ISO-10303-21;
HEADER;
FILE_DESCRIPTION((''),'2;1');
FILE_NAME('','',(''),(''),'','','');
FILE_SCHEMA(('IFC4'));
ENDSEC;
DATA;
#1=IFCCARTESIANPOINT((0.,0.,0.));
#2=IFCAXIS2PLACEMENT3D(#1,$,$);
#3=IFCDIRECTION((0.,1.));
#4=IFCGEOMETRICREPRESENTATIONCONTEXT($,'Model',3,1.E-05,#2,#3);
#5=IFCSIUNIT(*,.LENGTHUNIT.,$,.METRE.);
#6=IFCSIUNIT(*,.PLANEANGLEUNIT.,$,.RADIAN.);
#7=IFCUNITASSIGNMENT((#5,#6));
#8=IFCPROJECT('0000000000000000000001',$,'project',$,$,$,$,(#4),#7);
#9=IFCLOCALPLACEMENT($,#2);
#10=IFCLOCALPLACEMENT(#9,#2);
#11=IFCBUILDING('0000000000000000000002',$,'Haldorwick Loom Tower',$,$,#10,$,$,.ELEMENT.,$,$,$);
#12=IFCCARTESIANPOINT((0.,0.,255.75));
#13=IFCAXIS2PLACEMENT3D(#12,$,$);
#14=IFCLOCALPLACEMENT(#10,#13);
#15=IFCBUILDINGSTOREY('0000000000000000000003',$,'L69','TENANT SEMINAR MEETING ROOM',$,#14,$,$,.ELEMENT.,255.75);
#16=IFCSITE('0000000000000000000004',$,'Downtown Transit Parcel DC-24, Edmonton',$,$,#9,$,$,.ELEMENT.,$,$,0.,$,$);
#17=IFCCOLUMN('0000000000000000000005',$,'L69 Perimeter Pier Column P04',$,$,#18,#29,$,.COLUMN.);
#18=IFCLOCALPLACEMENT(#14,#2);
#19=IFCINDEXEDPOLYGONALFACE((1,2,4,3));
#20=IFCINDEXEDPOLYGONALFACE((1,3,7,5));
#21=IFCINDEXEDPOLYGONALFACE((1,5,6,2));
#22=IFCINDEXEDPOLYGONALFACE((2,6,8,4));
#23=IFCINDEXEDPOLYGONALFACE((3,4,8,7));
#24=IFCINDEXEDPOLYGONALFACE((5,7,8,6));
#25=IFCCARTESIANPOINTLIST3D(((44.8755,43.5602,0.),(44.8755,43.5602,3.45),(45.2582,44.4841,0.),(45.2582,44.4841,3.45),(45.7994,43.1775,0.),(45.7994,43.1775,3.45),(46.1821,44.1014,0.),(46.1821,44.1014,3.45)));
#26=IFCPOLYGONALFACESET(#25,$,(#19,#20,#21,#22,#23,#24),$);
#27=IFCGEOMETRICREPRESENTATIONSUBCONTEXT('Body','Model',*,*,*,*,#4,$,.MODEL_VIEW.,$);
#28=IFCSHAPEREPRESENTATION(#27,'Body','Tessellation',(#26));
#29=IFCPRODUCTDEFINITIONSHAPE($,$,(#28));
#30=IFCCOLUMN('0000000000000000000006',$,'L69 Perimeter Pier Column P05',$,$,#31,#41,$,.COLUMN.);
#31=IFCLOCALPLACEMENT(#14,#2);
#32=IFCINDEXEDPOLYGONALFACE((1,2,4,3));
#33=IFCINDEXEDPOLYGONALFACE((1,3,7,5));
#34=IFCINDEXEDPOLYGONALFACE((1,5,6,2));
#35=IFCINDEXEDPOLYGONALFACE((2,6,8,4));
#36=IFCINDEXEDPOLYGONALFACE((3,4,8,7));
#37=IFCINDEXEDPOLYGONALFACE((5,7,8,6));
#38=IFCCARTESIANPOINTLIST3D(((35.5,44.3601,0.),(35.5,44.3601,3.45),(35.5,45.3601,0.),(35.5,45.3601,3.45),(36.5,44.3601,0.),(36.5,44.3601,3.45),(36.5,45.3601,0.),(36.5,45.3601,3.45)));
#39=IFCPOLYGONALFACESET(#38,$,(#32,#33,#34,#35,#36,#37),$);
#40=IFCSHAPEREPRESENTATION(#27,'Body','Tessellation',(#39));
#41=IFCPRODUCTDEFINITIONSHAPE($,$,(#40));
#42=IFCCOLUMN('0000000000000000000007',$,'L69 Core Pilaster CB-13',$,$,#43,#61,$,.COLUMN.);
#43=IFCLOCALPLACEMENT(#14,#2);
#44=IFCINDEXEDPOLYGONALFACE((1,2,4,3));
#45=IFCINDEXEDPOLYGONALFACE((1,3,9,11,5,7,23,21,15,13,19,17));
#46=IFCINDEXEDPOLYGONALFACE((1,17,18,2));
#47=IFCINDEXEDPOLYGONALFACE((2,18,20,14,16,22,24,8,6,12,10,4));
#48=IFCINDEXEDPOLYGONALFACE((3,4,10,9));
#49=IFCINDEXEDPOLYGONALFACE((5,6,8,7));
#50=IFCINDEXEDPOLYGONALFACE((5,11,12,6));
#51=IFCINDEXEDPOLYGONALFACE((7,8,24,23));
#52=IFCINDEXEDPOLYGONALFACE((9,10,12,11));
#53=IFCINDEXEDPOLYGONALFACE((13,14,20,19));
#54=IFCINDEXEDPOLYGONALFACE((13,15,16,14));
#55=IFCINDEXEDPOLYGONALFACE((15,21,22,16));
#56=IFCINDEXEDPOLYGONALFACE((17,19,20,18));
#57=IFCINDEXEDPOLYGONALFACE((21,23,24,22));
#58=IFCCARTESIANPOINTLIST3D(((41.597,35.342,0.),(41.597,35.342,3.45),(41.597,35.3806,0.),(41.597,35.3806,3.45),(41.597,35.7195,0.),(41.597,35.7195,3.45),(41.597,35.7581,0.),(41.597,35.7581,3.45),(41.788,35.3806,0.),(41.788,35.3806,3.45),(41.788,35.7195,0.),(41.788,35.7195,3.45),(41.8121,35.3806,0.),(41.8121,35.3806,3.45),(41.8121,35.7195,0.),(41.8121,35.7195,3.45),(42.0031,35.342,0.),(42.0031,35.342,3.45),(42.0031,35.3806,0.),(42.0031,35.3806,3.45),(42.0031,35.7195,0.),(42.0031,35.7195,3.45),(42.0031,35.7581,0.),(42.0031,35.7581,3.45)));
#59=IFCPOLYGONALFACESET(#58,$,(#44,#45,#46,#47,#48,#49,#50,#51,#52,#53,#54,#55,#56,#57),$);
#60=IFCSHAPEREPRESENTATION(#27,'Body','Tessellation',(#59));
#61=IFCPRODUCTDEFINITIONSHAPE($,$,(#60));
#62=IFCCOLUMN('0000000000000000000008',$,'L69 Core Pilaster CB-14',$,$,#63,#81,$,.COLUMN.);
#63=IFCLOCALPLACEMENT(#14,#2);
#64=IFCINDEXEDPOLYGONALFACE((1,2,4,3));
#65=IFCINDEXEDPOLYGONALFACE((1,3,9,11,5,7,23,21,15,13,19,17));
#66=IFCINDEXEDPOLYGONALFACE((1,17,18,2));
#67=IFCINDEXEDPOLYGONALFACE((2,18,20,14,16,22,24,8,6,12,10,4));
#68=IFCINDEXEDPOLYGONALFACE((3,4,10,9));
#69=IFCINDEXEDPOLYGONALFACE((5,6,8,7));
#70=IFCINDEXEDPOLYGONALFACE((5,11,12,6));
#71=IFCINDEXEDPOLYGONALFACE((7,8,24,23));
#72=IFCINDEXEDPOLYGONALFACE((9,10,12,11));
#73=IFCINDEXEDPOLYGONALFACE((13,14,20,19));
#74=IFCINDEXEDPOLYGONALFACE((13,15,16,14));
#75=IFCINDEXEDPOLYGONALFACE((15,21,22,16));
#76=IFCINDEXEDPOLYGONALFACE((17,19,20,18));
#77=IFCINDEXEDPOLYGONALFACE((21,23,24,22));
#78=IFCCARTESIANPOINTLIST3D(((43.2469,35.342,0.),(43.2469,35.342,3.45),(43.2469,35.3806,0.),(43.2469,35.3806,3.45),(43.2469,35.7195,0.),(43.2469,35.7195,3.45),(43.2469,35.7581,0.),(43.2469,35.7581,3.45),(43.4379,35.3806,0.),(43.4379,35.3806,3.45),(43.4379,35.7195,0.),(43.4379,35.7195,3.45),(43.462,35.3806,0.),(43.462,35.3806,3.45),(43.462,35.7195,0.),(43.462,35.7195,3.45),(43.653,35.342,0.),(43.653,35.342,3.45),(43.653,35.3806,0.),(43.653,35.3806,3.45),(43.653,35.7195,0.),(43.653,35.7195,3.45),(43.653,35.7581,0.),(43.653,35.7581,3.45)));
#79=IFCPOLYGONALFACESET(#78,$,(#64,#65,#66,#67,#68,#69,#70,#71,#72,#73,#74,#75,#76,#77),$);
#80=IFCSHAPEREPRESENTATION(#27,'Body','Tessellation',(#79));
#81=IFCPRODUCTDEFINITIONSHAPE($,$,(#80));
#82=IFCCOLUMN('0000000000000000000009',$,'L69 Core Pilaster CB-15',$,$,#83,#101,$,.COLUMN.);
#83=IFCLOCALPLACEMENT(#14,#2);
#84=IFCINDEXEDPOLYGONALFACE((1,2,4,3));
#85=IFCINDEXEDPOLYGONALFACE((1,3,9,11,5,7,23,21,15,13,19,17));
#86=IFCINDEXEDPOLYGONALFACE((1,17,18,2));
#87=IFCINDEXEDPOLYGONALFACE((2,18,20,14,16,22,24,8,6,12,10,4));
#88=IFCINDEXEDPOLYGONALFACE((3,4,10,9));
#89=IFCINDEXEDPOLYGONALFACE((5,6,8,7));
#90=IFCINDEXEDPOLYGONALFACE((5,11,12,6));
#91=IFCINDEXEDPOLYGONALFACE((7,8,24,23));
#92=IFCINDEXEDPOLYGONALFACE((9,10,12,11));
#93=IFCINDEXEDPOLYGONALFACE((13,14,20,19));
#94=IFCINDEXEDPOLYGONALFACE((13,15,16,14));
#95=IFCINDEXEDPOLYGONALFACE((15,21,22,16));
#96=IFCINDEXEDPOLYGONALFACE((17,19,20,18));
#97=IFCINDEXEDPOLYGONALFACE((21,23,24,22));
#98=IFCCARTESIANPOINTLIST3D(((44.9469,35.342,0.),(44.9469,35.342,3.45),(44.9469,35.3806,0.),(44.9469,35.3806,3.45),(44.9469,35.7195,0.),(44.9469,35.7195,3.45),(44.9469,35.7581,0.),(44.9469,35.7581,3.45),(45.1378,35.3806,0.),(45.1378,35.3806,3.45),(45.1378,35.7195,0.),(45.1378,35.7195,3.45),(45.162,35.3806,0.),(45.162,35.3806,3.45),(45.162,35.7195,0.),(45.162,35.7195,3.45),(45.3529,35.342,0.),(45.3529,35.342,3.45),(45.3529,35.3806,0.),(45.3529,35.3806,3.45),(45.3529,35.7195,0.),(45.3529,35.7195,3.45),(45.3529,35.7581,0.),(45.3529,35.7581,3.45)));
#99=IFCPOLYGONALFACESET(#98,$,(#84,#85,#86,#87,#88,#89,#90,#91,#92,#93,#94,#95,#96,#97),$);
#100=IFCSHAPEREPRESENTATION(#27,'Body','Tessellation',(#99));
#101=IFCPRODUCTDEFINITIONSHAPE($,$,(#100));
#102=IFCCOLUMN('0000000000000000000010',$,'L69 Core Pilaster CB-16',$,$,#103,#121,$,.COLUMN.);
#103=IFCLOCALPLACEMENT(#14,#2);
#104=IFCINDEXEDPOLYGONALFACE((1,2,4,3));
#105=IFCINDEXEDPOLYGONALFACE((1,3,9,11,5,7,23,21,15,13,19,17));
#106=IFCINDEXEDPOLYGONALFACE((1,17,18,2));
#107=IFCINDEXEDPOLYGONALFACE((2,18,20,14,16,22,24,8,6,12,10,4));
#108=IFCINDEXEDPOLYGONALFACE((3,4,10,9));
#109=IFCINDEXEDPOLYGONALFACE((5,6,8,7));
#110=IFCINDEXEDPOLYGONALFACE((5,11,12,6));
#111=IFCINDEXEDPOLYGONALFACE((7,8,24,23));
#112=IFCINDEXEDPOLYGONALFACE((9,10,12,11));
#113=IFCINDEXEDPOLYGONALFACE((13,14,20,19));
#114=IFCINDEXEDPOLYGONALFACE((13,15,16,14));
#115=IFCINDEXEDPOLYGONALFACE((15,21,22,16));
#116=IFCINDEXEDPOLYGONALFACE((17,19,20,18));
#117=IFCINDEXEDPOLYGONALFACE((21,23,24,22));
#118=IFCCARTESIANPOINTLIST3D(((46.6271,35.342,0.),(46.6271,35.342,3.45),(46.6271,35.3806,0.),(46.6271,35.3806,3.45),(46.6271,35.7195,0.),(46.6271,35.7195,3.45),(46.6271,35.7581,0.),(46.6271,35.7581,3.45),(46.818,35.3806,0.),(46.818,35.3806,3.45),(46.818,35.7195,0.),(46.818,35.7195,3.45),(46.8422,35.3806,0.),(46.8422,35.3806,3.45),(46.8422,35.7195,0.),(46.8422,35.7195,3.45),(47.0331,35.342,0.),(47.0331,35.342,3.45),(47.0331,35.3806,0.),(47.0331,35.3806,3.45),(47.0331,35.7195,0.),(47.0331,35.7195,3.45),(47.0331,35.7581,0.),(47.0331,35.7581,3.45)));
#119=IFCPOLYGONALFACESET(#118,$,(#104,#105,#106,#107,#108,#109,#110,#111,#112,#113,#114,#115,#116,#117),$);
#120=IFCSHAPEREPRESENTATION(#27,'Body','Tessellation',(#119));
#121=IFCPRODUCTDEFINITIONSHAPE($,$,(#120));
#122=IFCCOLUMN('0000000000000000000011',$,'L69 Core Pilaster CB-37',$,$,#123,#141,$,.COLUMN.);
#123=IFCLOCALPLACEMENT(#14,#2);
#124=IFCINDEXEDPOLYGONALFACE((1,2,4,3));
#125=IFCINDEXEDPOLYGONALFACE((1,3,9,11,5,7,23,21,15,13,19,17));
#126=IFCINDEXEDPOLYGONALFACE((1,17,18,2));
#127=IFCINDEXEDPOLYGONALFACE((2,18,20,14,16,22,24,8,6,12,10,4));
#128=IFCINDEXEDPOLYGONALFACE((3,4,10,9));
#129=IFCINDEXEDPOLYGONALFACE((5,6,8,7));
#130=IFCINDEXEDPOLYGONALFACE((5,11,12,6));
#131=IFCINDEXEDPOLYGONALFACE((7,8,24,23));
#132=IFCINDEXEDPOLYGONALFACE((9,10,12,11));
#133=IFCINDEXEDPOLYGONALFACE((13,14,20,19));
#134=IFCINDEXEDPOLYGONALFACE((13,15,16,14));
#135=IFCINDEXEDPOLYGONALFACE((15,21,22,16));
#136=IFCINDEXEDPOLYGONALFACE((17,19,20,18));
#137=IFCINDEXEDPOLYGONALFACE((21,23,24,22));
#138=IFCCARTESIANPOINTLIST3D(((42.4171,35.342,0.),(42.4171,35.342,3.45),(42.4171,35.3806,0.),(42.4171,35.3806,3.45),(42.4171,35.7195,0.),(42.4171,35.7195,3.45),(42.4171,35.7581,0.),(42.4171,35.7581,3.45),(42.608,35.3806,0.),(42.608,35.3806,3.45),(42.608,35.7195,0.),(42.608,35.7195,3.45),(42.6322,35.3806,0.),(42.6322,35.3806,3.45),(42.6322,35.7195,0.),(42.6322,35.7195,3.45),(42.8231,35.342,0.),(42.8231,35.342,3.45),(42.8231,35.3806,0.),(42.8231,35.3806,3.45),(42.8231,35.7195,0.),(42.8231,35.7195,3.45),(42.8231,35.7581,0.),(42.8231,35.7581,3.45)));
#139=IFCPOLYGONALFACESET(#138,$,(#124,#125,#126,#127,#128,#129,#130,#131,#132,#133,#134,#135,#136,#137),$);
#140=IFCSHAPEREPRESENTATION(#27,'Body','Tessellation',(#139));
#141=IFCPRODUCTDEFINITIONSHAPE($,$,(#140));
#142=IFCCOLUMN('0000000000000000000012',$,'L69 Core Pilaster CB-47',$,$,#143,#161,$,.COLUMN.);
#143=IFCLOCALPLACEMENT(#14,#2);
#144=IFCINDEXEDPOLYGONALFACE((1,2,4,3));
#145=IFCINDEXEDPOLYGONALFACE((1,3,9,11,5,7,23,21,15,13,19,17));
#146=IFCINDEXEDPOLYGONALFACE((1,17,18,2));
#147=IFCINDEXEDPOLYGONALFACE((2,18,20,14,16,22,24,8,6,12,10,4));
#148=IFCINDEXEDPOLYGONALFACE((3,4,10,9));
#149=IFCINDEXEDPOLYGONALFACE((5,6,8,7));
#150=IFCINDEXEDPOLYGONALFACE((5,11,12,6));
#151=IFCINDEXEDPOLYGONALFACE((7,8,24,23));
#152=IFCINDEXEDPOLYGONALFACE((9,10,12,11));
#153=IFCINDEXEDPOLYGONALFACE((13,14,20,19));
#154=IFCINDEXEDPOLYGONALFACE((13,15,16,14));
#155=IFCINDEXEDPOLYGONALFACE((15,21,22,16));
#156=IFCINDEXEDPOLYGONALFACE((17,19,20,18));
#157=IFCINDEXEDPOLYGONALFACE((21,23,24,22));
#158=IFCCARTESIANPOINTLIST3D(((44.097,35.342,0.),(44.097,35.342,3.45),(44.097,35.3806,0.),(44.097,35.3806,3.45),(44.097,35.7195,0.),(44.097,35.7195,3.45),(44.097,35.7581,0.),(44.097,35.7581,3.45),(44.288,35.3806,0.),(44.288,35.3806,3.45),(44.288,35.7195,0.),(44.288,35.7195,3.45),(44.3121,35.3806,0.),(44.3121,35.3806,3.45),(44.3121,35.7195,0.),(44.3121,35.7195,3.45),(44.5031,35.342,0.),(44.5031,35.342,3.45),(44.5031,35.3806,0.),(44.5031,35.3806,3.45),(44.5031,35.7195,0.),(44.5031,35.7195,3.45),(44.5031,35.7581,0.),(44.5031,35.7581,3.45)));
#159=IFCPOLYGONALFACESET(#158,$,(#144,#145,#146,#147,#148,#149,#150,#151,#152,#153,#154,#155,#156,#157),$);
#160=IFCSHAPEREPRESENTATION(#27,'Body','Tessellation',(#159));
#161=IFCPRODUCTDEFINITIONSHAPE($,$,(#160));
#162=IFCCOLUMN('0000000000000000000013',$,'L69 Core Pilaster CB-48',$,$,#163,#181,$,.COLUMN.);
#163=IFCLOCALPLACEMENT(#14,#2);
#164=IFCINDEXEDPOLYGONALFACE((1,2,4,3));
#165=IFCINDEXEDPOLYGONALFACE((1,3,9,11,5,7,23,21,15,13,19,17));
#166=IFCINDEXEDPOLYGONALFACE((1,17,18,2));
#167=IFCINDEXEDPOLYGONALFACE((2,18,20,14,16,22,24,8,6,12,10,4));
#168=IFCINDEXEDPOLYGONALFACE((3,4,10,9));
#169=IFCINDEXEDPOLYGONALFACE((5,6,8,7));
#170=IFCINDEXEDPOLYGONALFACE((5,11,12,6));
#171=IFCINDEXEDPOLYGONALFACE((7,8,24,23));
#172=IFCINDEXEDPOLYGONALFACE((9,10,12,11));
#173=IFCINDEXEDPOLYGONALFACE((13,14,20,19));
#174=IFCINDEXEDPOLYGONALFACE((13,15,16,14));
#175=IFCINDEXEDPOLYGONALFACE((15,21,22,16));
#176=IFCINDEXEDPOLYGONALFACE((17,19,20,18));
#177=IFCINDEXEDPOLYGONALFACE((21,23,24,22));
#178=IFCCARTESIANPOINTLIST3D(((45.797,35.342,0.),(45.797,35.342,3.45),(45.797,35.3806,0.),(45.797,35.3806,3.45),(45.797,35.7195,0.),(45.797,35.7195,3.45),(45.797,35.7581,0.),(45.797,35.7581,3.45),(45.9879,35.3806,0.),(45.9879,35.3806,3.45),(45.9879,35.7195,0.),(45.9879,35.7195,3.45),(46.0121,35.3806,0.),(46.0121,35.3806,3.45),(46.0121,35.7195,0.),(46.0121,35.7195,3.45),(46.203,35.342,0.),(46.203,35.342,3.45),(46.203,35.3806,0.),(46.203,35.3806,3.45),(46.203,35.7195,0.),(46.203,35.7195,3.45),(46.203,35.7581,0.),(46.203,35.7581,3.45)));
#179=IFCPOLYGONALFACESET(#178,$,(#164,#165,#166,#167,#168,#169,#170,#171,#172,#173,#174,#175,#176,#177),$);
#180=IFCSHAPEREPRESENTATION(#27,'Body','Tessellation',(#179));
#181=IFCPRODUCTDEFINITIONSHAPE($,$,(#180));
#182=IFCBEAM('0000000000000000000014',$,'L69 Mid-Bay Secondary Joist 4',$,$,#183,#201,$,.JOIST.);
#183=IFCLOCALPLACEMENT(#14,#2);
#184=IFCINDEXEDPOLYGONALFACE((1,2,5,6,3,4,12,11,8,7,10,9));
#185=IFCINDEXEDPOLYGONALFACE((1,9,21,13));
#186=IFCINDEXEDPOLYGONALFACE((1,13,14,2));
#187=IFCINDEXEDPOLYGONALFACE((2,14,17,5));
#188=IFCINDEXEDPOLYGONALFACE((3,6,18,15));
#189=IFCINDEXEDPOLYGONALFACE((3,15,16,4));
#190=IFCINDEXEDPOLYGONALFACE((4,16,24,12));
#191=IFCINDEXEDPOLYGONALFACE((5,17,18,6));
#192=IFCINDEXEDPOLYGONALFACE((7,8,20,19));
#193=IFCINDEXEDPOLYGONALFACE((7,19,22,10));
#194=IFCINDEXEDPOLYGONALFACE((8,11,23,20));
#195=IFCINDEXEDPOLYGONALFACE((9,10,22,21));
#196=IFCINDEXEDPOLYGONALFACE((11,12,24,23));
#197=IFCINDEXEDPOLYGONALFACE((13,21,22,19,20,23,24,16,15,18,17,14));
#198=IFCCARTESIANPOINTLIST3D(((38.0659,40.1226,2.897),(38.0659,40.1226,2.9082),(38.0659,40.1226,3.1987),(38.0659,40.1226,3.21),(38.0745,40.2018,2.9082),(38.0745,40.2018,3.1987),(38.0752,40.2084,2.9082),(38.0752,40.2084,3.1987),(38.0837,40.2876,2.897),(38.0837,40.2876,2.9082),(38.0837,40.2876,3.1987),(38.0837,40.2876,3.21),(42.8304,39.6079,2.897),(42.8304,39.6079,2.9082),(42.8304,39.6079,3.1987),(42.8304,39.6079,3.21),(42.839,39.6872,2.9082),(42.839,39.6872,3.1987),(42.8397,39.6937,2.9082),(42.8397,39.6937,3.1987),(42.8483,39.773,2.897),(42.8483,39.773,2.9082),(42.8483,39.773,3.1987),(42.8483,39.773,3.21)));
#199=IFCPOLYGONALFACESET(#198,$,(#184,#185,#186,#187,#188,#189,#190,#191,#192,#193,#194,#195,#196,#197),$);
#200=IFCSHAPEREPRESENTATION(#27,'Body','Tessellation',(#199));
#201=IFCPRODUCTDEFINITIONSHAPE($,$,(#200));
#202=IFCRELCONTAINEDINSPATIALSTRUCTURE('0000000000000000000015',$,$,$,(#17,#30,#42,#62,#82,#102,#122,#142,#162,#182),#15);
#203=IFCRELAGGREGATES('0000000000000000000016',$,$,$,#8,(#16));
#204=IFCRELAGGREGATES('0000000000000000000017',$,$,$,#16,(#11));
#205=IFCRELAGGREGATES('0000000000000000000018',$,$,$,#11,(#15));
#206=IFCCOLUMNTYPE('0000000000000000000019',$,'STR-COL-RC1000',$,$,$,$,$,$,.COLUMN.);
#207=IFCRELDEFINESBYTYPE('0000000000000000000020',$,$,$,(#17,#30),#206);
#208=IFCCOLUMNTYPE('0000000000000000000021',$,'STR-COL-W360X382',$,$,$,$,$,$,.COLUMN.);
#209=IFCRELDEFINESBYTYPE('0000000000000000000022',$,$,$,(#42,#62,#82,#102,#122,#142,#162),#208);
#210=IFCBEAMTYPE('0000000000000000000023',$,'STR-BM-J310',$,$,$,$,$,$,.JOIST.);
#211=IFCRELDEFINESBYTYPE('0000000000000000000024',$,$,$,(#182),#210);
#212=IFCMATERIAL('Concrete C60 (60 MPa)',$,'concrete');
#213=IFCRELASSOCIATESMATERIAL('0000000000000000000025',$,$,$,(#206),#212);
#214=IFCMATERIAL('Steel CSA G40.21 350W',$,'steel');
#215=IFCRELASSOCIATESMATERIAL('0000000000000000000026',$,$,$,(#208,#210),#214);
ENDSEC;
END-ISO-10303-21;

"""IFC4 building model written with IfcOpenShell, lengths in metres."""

from ifc_helpers import new_model, si_unit, direction, frame, origin, origin_2d, place, context, subcontext, project, spatial, rectangle, i_section, extrude, material, material_profile, profile_set, type_object, element, save


model = new_model("IFC4")

# Units and contexts
model_context = context("Model", 3, precision=1e-05, world=origin(), true_north=direction((0.0, 1.0)))
body_context = subcontext(model_context, "Body", "Model", "MODEL_VIEW")
ifc_project = project(units=[si_unit("LENGTHUNIT", "METRE"), si_unit("PLANEANGLEUNIT", "RADIAN")], contexts=[model_context])

# Site, building, storey
site_placement = place(None, origin())
site = spatial("IfcSite", under=ifc_project, at=site_placement, Name="Downtown Transit Parcel DC-24, Edmonton", CompositionType="ELEMENT", RefElevation=0.0)
building_placement = place(site_placement, origin())
building = spatial("IfcBuilding", under=site, at=building_placement, Name="Haldorwick Loom Tower", CompositionType="ELEMENT")
storey_placement = place(building_placement, frame((0.0, 0.0, 255.75)))
storey = spatial("IfcBuildingStorey", under=building, at=storey_placement, Name="L69", Description="TENANT SEMINAR MEETING ROOM", CompositionType="ELEMENT", Elevation=255.75)

# Columns
ifc_material_1 = material(Name="Concrete C60 (60 MPa)", Category="concrete")
ifc_material_profile_1 = material_profile(ifc_material_1, rectangle(XDim=1.0, YDim=1.0, at=origin_2d()), Name="RC1000X1000", Category="concrete")
ifc_profile_set_1 = profile_set([ifc_material_profile_1], Name="Concrete C60 (60 MPa)")
column_type_1 = type_object("IfcColumnType", Name="STR-COL-RC1000", PredefinedType="COLUMN", material=ifc_profile_set_1)
for number, where, z_axis, x_axis, name in (
    (1, (45.5288, 43.8308, 0.0), (0.0, 0.0, 1.0), (0.382683, 0.92388, 0.0), "L69 Perimeter Pier Column P04"),
    (2, (36.0, 44.8601, 0.0), (0.0, 0.0, 1.0), (0.0, 1.0, 0.0), "L69 Perimeter Pier Column P05"),
):
    element("IfcColumn", number, at=place(storey_placement, frame(where, z_axis=z_axis, x_axis=x_axis)), inside=storey, type_object=column_type_1, Name=name, PredefinedType="COLUMN", context=body_context, shape_type="SweptSolid", body=[
        extrude(rectangle(XDim=1.0, YDim=1.0, at=origin_2d()), origin(), (0.0, 0.0, 1.0), 3.45),
    ])
ifc_material_2 = material(Name="Steel CSA G40.21 350W", Category="steel")
ifc_material_profile_2 = material_profile(ifc_material_2, i_section(OverallWidth=0.406, OverallDepth=0.416, WebThickness=0.0242, FlangeThickness=0.0386, at=origin_2d()), Name="W360X382", Category="steel")
ifc_profile_set_2 = profile_set([ifc_material_profile_2], Name="Steel CSA G40.21 350W")
column_type_2 = type_object("IfcColumnType", Name="STR-COL-W360X382", PredefinedType="COLUMN", material=ifc_profile_set_2)
for number, where, z_axis, x_axis, name in (
    (3, (41.8, 35.55, 0.0), (0.0, 0.0, 1.0), (1.0, 0.0, 0.0), "L69 Core Pilaster CB-13"),
    (4, (43.45, 35.55, 0.0), (0.0, 0.0, 1.0), (1.0, 0.0, 0.0), "L69 Core Pilaster CB-14"),
    (5, (45.1499, 35.55, 0.0), (0.0, 0.0, 1.0), (1.0, 0.0, 0.0), "L69 Core Pilaster CB-15"),
    (6, (46.8301, 35.55, 0.0), (0.0, 0.0, 1.0), (1.0, 0.0, 0.0), "L69 Core Pilaster CB-16"),
    (7, (42.6201, 35.55, 0.0), (0.0, 0.0, 1.0), (1.0, 0.0, 0.0), "L69 Core Pilaster CB-37"),
    (8, (44.3, 35.55, 0.0), (0.0, 0.0, 1.0), (1.0, 0.0, 0.0), "L69 Core Pilaster CB-47"),
    (9, (46.0, 35.55, 0.0), (0.0, 0.0, 1.0), (1.0, 0.0, 0.0), "L69 Core Pilaster CB-48"),
):
    element("IfcColumn", number, at=place(storey_placement, frame(where, z_axis=z_axis, x_axis=x_axis)), inside=storey, type_object=column_type_2, Name=name, PredefinedType="COLUMN", context=body_context, shape_type="SweptSolid", body=[
        extrude(i_section(OverallWidth=0.406, OverallDepth=0.416, WebThickness=0.0242, FlangeThickness=0.0386, at=origin_2d()), origin(), (0.0, 0.0, 1.0), 3.45),
    ])

# Beam
ifc_material_profile_3 = material_profile(ifc_material_2, i_section(OverallWidth=0.166, OverallDepth=0.313, WebThickness=0.0066, FlangeThickness=0.0112, at=origin_2d()), Name="W310X45", Category="steel")
ifc_profile_set_3 = profile_set([ifc_material_profile_3], Name="Steel CSA G40.21 350W")
beam_type_1 = type_object("IfcBeamType", Name="STR-BM-J310", PredefinedType="JOIST", material=ifc_profile_set_3)
beam_1_placement = place(storey_placement, frame((42.8394, 39.6904, 3.0535), z_axis=(-0.994216, 0.107395, 0.0), x_axis=(-0.107395, -0.994216, 0.0)))
element("IfcBeam", 10, at=beam_1_placement, inside=storey, type_object=beam_type_1, Name="L69 Mid-Bay Secondary Joist 4", PredefinedType="JOIST", context=body_context, shape_type="SweptSolid", body=[
    extrude(i_section(OverallWidth=0.166, OverallDepth=0.313, WebThickness=0.0066, FlangeThickness=0.0112, at=origin_2d()), origin(), (0.0, 0.0, 1.0), 4.7922),
])

save(model, "model.ifc")
